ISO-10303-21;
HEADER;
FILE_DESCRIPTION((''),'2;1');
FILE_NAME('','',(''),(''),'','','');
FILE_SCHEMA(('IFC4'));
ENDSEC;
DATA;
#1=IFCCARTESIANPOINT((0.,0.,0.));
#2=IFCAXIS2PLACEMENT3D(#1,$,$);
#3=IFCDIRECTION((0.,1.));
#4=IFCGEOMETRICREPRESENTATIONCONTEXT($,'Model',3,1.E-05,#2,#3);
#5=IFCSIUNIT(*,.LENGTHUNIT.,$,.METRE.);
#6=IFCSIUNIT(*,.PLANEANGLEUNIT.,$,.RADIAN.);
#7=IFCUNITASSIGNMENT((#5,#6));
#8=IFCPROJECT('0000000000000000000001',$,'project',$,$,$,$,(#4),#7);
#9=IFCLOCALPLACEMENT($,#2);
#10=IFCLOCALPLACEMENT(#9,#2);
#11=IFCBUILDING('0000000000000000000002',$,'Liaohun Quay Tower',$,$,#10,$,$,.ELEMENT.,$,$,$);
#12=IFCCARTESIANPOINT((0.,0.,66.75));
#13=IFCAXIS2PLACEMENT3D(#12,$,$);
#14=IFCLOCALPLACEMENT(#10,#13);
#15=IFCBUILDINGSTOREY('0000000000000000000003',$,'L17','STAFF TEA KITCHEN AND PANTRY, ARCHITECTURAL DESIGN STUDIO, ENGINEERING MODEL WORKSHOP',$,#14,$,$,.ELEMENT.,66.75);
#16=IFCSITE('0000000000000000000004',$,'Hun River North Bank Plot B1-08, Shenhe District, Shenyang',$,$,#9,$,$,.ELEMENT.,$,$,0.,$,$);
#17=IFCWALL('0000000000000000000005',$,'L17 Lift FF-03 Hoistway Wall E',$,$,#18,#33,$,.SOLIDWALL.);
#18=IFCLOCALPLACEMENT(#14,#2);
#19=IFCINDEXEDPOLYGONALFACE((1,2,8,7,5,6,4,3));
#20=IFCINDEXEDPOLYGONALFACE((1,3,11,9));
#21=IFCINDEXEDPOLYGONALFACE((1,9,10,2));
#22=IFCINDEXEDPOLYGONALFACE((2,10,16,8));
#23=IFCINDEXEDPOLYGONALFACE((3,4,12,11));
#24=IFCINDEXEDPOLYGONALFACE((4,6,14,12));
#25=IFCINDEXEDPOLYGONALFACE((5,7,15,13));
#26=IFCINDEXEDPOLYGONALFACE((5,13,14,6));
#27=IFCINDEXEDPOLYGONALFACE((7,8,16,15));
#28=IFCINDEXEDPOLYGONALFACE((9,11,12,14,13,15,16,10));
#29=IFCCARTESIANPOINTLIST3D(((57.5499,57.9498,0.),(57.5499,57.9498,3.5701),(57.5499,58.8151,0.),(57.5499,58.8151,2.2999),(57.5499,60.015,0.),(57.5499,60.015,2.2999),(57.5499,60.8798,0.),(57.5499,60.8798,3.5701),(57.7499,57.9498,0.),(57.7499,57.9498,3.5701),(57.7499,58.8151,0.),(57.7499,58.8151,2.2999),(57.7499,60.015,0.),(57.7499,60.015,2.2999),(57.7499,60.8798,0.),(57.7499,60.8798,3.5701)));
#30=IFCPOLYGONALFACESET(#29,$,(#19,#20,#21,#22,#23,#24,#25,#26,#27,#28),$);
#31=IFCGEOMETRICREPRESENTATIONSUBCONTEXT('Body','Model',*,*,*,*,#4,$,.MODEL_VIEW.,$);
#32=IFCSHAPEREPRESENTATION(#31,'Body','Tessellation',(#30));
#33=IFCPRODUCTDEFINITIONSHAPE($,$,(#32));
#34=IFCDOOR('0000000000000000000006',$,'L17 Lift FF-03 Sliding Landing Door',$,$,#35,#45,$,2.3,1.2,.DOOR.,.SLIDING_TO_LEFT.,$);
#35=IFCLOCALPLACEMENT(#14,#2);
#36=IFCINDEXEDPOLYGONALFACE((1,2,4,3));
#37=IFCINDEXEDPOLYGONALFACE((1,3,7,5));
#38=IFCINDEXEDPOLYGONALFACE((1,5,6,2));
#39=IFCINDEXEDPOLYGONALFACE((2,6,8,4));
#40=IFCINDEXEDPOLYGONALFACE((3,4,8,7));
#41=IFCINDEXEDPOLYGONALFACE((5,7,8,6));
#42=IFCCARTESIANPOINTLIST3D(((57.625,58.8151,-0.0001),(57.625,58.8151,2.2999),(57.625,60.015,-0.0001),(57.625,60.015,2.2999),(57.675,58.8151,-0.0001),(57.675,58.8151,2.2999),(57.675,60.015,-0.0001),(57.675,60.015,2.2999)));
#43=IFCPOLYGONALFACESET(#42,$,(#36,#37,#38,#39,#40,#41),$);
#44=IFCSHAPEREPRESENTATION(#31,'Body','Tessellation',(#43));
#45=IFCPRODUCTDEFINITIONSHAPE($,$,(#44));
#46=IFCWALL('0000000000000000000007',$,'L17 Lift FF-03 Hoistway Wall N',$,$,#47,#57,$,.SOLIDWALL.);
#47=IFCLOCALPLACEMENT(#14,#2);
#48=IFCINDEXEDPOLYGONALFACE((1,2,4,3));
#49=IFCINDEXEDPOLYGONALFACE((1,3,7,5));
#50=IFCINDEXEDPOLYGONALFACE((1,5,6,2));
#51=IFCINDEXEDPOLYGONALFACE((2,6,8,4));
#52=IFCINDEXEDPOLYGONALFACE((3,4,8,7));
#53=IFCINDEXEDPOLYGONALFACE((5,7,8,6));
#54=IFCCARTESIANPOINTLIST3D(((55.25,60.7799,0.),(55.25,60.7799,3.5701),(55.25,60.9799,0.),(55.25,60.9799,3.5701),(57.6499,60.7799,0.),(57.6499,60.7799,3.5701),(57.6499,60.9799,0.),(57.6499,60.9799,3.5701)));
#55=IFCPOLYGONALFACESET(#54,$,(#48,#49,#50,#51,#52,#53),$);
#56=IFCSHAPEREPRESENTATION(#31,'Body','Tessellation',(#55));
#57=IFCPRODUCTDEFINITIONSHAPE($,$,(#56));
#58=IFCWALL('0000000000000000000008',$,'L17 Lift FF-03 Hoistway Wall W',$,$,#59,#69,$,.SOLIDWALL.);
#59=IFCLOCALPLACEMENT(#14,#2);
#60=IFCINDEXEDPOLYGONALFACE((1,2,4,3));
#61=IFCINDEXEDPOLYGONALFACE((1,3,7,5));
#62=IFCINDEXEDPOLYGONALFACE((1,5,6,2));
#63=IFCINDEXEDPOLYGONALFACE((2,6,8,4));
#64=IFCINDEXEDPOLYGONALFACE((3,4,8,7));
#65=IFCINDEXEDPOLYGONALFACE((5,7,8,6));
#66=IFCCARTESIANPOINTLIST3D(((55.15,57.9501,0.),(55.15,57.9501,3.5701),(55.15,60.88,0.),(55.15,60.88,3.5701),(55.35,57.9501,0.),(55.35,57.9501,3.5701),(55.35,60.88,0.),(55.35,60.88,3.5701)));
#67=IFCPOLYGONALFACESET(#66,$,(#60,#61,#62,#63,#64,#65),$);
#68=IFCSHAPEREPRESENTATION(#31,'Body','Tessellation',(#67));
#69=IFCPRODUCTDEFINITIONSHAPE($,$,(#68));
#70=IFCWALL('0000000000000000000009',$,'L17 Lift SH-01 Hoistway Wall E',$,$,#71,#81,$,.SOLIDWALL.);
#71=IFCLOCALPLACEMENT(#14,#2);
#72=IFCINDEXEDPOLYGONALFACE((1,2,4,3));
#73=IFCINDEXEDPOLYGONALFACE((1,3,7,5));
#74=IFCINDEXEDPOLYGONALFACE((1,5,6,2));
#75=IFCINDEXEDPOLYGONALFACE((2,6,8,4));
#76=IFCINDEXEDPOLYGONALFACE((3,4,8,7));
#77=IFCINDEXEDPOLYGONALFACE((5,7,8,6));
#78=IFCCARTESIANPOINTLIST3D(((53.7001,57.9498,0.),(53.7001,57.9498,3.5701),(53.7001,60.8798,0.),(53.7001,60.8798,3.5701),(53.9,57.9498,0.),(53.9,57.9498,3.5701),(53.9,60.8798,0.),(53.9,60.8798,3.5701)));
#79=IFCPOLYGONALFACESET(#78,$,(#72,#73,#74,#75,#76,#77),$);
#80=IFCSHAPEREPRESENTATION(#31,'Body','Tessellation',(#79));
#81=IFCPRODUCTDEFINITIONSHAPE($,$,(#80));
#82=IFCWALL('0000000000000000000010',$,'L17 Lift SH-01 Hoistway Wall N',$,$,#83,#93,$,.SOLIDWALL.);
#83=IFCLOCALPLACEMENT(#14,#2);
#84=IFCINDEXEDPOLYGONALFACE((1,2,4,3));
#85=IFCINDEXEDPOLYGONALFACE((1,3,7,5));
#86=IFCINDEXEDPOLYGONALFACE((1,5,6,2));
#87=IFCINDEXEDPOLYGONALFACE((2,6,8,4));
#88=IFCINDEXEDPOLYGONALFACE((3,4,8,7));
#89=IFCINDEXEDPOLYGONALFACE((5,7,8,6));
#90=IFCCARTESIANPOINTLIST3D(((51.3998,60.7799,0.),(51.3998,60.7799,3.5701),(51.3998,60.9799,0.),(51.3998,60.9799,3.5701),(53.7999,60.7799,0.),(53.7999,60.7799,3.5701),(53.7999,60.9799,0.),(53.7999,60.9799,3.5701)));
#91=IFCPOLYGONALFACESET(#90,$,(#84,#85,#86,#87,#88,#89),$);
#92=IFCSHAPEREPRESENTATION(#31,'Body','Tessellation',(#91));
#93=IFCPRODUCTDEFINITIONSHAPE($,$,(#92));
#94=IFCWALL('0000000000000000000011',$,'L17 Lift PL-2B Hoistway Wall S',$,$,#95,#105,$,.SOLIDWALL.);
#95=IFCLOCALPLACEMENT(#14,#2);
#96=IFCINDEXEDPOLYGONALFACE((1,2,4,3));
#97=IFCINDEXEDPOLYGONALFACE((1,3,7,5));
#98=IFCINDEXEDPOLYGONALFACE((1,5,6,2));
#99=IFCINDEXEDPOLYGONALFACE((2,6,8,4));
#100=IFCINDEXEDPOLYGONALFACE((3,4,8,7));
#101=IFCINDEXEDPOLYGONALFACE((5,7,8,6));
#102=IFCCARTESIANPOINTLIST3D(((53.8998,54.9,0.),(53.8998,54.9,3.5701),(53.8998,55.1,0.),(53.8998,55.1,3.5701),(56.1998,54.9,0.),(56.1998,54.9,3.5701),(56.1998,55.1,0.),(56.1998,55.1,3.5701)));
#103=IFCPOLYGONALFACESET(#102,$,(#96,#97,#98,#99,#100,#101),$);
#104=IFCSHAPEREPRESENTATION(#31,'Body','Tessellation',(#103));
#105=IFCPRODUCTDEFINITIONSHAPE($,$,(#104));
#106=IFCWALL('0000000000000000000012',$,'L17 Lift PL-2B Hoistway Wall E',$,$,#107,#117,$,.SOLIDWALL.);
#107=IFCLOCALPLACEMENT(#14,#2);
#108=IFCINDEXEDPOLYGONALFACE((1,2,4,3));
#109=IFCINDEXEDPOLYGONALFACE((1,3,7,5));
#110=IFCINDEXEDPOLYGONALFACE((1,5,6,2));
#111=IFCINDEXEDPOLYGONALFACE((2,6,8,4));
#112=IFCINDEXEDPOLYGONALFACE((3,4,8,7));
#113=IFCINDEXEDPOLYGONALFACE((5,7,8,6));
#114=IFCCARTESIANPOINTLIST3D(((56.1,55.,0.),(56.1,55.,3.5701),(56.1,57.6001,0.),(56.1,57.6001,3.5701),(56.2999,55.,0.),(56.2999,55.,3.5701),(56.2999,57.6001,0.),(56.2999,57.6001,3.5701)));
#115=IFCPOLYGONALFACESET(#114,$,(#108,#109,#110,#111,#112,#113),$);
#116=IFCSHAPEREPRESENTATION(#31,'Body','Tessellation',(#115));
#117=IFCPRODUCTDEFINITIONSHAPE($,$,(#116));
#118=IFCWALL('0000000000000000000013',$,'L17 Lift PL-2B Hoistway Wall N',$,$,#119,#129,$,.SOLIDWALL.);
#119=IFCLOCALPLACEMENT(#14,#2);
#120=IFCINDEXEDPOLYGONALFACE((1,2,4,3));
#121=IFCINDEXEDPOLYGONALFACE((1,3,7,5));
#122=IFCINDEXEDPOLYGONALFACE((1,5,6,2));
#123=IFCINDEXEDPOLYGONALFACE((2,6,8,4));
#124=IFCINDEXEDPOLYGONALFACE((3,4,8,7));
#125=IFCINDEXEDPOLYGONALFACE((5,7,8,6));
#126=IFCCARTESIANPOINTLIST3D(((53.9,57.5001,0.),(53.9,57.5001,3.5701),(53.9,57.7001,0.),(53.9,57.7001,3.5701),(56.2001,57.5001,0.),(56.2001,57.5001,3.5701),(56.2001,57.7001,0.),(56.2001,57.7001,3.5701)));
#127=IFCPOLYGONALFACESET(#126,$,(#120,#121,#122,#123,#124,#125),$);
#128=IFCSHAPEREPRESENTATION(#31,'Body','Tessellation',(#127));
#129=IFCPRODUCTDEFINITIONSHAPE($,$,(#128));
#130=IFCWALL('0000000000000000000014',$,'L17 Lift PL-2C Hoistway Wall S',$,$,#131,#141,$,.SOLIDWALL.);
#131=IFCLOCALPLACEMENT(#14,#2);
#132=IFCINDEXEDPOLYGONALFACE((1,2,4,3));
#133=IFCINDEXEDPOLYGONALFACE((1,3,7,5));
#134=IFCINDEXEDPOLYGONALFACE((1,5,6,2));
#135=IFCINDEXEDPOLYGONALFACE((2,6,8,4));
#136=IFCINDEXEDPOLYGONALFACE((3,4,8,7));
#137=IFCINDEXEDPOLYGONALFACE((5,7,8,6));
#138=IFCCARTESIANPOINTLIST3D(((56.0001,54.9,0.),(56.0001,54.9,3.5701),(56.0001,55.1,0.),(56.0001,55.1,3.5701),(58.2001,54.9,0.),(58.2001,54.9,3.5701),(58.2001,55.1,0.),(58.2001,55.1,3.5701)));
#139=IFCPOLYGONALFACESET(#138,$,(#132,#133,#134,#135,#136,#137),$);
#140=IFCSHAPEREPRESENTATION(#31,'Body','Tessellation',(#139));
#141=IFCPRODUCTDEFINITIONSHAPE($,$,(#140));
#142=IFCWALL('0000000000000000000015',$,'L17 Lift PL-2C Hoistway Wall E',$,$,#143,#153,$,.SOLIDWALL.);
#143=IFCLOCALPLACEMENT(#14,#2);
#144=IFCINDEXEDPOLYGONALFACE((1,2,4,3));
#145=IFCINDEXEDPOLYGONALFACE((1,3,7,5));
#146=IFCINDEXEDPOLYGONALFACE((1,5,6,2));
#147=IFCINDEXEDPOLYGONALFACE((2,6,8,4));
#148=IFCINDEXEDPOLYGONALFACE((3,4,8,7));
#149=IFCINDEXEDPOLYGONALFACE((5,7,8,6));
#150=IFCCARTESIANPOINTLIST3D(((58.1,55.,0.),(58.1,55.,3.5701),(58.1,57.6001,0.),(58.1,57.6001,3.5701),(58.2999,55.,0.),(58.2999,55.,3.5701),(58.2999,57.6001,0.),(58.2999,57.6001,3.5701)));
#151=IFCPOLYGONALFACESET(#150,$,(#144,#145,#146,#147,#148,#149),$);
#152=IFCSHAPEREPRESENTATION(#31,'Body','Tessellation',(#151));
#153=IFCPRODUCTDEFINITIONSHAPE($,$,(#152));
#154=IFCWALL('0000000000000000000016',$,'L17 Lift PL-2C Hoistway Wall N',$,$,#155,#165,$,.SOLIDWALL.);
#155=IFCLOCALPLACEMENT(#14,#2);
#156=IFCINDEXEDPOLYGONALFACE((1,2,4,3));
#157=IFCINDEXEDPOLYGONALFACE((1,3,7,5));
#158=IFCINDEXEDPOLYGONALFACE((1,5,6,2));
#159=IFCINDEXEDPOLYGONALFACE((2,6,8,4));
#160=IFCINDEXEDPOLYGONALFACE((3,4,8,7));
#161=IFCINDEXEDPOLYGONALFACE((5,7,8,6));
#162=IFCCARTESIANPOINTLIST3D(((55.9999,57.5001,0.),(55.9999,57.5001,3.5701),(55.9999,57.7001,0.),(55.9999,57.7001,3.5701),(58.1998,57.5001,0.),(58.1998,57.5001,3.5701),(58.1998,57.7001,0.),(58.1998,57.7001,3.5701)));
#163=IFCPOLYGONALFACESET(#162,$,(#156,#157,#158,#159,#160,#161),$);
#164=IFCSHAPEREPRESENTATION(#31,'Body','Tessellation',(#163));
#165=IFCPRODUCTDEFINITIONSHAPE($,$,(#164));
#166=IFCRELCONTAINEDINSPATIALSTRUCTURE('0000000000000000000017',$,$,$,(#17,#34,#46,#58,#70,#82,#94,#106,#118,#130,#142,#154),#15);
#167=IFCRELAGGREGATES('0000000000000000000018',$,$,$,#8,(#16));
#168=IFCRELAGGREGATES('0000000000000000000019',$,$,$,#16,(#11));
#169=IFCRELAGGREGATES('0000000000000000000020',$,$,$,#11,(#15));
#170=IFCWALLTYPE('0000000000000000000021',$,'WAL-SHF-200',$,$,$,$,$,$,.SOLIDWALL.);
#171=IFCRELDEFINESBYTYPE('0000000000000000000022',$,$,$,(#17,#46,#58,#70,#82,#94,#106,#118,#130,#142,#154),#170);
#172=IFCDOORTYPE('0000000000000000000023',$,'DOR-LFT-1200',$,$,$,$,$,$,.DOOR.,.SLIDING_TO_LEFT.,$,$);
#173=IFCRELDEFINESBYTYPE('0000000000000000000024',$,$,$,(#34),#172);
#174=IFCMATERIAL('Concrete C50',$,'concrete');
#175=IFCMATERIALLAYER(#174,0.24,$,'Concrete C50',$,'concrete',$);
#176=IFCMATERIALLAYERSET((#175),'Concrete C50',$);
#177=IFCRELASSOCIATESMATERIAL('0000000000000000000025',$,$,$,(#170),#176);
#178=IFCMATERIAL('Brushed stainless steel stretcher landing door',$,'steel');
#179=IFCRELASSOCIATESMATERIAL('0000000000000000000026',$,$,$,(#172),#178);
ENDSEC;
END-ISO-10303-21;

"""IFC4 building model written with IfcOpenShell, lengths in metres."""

from ifc_helpers import new_model, si_unit, direction, frame, frame_2d, origin, place, context, subcontext, project, spatial, rectangle, extrude, source, transform, mapped, material, layer, layer_set, type_object, element, fill, save


model = new_model("IFC4")

# Units and contexts
model_context = context("Model", 3, precision=1e-05, world=origin(), true_north=direction((0.0, 1.0)))
body_context = subcontext(model_context, "Body", "Model", "MODEL_VIEW")
ifc_project = project(units=[si_unit("LENGTHUNIT", "METRE"), si_unit("PLANEANGLEUNIT", "RADIAN")], contexts=[model_context])

# Site, building, storey
site_placement = place(None, origin())
site = spatial("IfcSite", under=ifc_project, at=site_placement, Name="Hun River North Bank Plot B1-08, Shenhe District, Shenyang", CompositionType="ELEMENT", RefElevation=0.0)
building_placement = place(site_placement, origin())
building = spatial("IfcBuilding", under=site, at=building_placement, Name="Liaohun Quay Tower", CompositionType="ELEMENT")
storey_placement = place(building_placement, frame((0.0, 0.0, 66.75)))
storey = spatial("IfcBuildingStorey", under=building, at=storey_placement, Name="L17", Description="STAFF TEA KITCHEN AND PANTRY, ARCHITECTURAL DESIGN STUDIO, ENGINEERING MODEL WORKSHOP", CompositionType="ELEMENT", Elevation=66.75)

# Shared definitions
ifc_material_1 = material(Name="Concrete C50", Category="concrete")
ifc_layer_1 = layer(ifc_material_1, 0.24, Name="Concrete C50", Category="concrete")
ifc_layer_set_1 = layer_set([ifc_layer_1], Name="Concrete C50")
wall_type_1 = type_object("IfcWallType", Name="WAL-SHF-200", PredefinedType="SOLIDWALL", material=ifc_layer_set_1)

# Wall, opening, door
wall_1_placement = place(storey_placement, frame((57.6499, 57.95, 0.0), z_axis=(0.0, 0.0, 1.0), x_axis=(0.0, 1.0, 0.0)))
wall_1 = element("IfcWall", 1, at=wall_1_placement, inside=storey, type_object=wall_type_1, Name="L17 Lift FF-03 Hoistway Wall E", PredefinedType="SOLIDWALL", context=body_context, shape_type="SweptSolid", body=[
    extrude(rectangle(XDim=2.9299, YDim=0.2, at=frame_2d((1.4648, 0.0))), origin(), (0.0, 0.0, 1.0), 3.5701),
])
shared_shape_1 = source(origin(), body_context, "Body", "SweptSolid", [
    extrude(rectangle(XDim=1.2, YDim=2.3, at=frame_2d((0.6001, 1.1499))), frame((0.0, 0.1099, 0.0), z_axis=(0.0, -1.0, 0.0), x_axis=(1.0, 0.0, 0.0)), (0.0, 0.0, 1.0), 0.22),
])
opening_1_placement = place(wall_1_placement, frame((0.865, 0.0, 0.0)))
opening_1 = element("IfcOpeningElement", 2, at=opening_1_placement, cuts=wall_1, PredefinedType="OPENING", context=body_context, shape_type="MappedRepresentation", body=[
    mapped(shared_shape_1, transform((0.0, 0.0, 0.0), x_axis=(1.0, 0.0, 0.0), y_axis=(0.0, 1.0, 0.0), z_axis=(0.0, 0.0, 1.0), scale=1.0)),
])
ifc_material_2 = material(Name="Brushed stainless steel stretcher landing door", Category="steel")
door_type = type_object("IfcDoorType", Name="DOR-LFT-1200", OperationType="SLIDING_TO_LEFT", PredefinedType="DOOR", material=ifc_material_2)
shared_shape_2 = source(origin(), body_context, "Body", "SweptSolid", [
    extrude(rectangle(XDim=1.2, YDim=2.3, at=frame_2d((0.6001, 1.1499))), frame((0.0, 0.0249, 0.0), z_axis=(0.0, -1.0, 0.0), x_axis=(1.0, 0.0, 0.0)), (0.0, 0.0, 1.0), 0.05),
])
door_placement = place(opening_1_placement, origin())
door = element("IfcDoor", 3, at=door_placement, inside=storey, type_object=door_type, Name="L17 Lift FF-03 Sliding Landing Door", OperationType="SLIDING_TO_LEFT", OverallHeight=2.3, OverallWidth=1.2, PredefinedType="DOOR", context=body_context, shape_type="MappedRepresentation", body=[
    mapped(shared_shape_2, transform((0.0, 0.0, 0.0), x_axis=(1.0, 0.0, 0.0), y_axis=(0.0, 1.0, 0.0), z_axis=(0.0, 0.0, 1.0), scale=1.0)),
])
fill(opening_1, door)

# Walls
wall_2_placement = place(storey_placement, frame((57.6499, 60.8799, 0.0), z_axis=(0.0, 0.0, 1.0), x_axis=(-1.0, 0.0, 0.0)))
element("IfcWall", 4, at=wall_2_placement, inside=storey, type_object=wall_type_1, Name="L17 Lift FF-03 Hoistway Wall N", PredefinedType="SOLIDWALL", context=body_context, shape_type="SweptSolid", body=[
    extrude(rectangle(XDim=2.3999, YDim=0.2, at=frame_2d((1.2, 0.0))), origin(), (0.0, 0.0, 1.0), 3.5701),
])
for number, where, z_axis, x_axis, name in (
    (5, (55.25, 60.8799, 0.0), (0.0, 0.0, 1.0), (0.0, -1.0, 0.0), "L17 Lift FF-03 Hoistway Wall W"),
    (6, (53.8, 57.95, 0.0), (0.0, 0.0, 1.0), (0.0, 1.0, 0.0), "L17 Lift SH-01 Hoistway Wall E"),
):
    element("IfcWall", number, at=place(storey_placement, frame(where, z_axis=z_axis, x_axis=x_axis)), inside=storey, type_object=wall_type_1, Name=name, PredefinedType="SOLIDWALL", context=body_context, shape_type="SweptSolid", body=[
        extrude(rectangle(XDim=2.9299, YDim=0.2, at=frame_2d((1.4648, 0.0))), origin(), (0.0, 0.0, 1.0), 3.5701),
    ])
wall_3_placement = place(storey_placement, frame((53.8, 60.8799, 0.0), z_axis=(0.0, 0.0, 1.0), x_axis=(-1.0, 0.0, 0.0)))
element("IfcWall", 7, at=wall_3_placement, inside=storey, type_object=wall_type_1, Name="L17 Lift SH-01 Hoistway Wall N", PredefinedType="SOLIDWALL", context=body_context, shape_type="SweptSolid", body=[
    extrude(rectangle(XDim=2.4001, YDim=0.2, at=frame_2d((1.2002, 0.0))), origin(), (0.0, 0.0, 1.0), 3.5701),
])
wall_4_placement = place(storey_placement, frame((53.8999, 55.0, 0.0), z_axis=(0.0, 0.0, 1.0), x_axis=(1.0, 0.0, 0.0)))
element("IfcWall", 8, at=wall_4_placement, inside=storey, type_object=wall_type_1, Name="L17 Lift PL-2B Hoistway Wall S", PredefinedType="SOLIDWALL", context=body_context, shape_type="SweptSolid", body=[
    extrude(rectangle(XDim=2.3, YDim=0.2, at=frame_2d((1.1499, 0.0))), origin(), (0.0, 0.0, 1.0), 3.5701),
])
wall_5_placement = place(storey_placement, frame((56.2, 55.0, 0.0), z_axis=(0.0, 0.0, 1.0), x_axis=(0.0, 1.0, 0.0)))
element("IfcWall", 9, at=wall_5_placement, inside=storey, type_object=wall_type_1, Name="L17 Lift PL-2B Hoistway Wall E", PredefinedType="SOLIDWALL", context=body_context, shape_type="SweptSolid", body=[
    extrude(rectangle(XDim=2.6001, YDim=0.2, at=frame_2d((1.3, 0.0))), origin(), (0.0, 0.0, 1.0), 3.5701),
])
wall_6_placement = place(storey_placement, frame((56.2, 57.6001, 0.0), z_axis=(0.0, 0.0, 1.0), x_axis=(-1.0, 0.0, 0.0)))
element("IfcWall", 10, at=wall_6_placement, inside=storey, type_object=wall_type_1, Name="L17 Lift PL-2B Hoistway Wall N", PredefinedType="SOLIDWALL", context=body_context, shape_type="SweptSolid", body=[
    extrude(rectangle(XDim=2.3, YDim=0.2, at=frame_2d((1.1499, 0.0))), origin(), (0.0, 0.0, 1.0), 3.5701),
])
wall_7_placement = place(storey_placement, frame((56.0, 55.0, 0.0), z_axis=(0.0, 0.0, 1.0), x_axis=(1.0, 0.0, 0.0)))
element("IfcWall", 11, at=wall_7_placement, inside=storey, type_object=wall_type_1, Name="L17 Lift PL-2C Hoistway Wall S", PredefinedType="SOLIDWALL", context=body_context, shape_type="SweptSolid", body=[
    extrude(rectangle(XDim=2.2, YDim=0.2, at=frame_2d((1.1001, 0.0))), origin(), (0.0, 0.0, 1.0), 3.5701),
])
wall_8_placement = place(storey_placement, frame((58.2, 55.0, 0.0), z_axis=(0.0, 0.0, 1.0), x_axis=(0.0, 1.0, 0.0)))
element("IfcWall", 12, at=wall_8_placement, inside=storey, type_object=wall_type_1, Name="L17 Lift PL-2C Hoistway Wall E", PredefinedType="SOLIDWALL", context=body_context, shape_type="SweptSolid", body=[
    extrude(rectangle(XDim=2.6001, YDim=0.2, at=frame_2d((1.3, 0.0))), origin(), (0.0, 0.0, 1.0), 3.5701),
])
wall_9_placement = place(storey_placement, frame((58.2, 57.6001, 0.0), z_axis=(0.0, 0.0, 1.0), x_axis=(-1.0, 0.0, 0.0)))
element("IfcWall", 13, at=wall_9_placement, inside=storey, type_object=wall_type_1, Name="L17 Lift PL-2C Hoistway Wall N", PredefinedType="SOLIDWALL", context=body_context, shape_type="SweptSolid", body=[
    extrude(rectangle(XDim=2.2, YDim=0.2, at=frame_2d((1.1001, 0.0))), origin(), (0.0, 0.0, 1.0), 3.5701),
])

save(model, "model.ifc")
